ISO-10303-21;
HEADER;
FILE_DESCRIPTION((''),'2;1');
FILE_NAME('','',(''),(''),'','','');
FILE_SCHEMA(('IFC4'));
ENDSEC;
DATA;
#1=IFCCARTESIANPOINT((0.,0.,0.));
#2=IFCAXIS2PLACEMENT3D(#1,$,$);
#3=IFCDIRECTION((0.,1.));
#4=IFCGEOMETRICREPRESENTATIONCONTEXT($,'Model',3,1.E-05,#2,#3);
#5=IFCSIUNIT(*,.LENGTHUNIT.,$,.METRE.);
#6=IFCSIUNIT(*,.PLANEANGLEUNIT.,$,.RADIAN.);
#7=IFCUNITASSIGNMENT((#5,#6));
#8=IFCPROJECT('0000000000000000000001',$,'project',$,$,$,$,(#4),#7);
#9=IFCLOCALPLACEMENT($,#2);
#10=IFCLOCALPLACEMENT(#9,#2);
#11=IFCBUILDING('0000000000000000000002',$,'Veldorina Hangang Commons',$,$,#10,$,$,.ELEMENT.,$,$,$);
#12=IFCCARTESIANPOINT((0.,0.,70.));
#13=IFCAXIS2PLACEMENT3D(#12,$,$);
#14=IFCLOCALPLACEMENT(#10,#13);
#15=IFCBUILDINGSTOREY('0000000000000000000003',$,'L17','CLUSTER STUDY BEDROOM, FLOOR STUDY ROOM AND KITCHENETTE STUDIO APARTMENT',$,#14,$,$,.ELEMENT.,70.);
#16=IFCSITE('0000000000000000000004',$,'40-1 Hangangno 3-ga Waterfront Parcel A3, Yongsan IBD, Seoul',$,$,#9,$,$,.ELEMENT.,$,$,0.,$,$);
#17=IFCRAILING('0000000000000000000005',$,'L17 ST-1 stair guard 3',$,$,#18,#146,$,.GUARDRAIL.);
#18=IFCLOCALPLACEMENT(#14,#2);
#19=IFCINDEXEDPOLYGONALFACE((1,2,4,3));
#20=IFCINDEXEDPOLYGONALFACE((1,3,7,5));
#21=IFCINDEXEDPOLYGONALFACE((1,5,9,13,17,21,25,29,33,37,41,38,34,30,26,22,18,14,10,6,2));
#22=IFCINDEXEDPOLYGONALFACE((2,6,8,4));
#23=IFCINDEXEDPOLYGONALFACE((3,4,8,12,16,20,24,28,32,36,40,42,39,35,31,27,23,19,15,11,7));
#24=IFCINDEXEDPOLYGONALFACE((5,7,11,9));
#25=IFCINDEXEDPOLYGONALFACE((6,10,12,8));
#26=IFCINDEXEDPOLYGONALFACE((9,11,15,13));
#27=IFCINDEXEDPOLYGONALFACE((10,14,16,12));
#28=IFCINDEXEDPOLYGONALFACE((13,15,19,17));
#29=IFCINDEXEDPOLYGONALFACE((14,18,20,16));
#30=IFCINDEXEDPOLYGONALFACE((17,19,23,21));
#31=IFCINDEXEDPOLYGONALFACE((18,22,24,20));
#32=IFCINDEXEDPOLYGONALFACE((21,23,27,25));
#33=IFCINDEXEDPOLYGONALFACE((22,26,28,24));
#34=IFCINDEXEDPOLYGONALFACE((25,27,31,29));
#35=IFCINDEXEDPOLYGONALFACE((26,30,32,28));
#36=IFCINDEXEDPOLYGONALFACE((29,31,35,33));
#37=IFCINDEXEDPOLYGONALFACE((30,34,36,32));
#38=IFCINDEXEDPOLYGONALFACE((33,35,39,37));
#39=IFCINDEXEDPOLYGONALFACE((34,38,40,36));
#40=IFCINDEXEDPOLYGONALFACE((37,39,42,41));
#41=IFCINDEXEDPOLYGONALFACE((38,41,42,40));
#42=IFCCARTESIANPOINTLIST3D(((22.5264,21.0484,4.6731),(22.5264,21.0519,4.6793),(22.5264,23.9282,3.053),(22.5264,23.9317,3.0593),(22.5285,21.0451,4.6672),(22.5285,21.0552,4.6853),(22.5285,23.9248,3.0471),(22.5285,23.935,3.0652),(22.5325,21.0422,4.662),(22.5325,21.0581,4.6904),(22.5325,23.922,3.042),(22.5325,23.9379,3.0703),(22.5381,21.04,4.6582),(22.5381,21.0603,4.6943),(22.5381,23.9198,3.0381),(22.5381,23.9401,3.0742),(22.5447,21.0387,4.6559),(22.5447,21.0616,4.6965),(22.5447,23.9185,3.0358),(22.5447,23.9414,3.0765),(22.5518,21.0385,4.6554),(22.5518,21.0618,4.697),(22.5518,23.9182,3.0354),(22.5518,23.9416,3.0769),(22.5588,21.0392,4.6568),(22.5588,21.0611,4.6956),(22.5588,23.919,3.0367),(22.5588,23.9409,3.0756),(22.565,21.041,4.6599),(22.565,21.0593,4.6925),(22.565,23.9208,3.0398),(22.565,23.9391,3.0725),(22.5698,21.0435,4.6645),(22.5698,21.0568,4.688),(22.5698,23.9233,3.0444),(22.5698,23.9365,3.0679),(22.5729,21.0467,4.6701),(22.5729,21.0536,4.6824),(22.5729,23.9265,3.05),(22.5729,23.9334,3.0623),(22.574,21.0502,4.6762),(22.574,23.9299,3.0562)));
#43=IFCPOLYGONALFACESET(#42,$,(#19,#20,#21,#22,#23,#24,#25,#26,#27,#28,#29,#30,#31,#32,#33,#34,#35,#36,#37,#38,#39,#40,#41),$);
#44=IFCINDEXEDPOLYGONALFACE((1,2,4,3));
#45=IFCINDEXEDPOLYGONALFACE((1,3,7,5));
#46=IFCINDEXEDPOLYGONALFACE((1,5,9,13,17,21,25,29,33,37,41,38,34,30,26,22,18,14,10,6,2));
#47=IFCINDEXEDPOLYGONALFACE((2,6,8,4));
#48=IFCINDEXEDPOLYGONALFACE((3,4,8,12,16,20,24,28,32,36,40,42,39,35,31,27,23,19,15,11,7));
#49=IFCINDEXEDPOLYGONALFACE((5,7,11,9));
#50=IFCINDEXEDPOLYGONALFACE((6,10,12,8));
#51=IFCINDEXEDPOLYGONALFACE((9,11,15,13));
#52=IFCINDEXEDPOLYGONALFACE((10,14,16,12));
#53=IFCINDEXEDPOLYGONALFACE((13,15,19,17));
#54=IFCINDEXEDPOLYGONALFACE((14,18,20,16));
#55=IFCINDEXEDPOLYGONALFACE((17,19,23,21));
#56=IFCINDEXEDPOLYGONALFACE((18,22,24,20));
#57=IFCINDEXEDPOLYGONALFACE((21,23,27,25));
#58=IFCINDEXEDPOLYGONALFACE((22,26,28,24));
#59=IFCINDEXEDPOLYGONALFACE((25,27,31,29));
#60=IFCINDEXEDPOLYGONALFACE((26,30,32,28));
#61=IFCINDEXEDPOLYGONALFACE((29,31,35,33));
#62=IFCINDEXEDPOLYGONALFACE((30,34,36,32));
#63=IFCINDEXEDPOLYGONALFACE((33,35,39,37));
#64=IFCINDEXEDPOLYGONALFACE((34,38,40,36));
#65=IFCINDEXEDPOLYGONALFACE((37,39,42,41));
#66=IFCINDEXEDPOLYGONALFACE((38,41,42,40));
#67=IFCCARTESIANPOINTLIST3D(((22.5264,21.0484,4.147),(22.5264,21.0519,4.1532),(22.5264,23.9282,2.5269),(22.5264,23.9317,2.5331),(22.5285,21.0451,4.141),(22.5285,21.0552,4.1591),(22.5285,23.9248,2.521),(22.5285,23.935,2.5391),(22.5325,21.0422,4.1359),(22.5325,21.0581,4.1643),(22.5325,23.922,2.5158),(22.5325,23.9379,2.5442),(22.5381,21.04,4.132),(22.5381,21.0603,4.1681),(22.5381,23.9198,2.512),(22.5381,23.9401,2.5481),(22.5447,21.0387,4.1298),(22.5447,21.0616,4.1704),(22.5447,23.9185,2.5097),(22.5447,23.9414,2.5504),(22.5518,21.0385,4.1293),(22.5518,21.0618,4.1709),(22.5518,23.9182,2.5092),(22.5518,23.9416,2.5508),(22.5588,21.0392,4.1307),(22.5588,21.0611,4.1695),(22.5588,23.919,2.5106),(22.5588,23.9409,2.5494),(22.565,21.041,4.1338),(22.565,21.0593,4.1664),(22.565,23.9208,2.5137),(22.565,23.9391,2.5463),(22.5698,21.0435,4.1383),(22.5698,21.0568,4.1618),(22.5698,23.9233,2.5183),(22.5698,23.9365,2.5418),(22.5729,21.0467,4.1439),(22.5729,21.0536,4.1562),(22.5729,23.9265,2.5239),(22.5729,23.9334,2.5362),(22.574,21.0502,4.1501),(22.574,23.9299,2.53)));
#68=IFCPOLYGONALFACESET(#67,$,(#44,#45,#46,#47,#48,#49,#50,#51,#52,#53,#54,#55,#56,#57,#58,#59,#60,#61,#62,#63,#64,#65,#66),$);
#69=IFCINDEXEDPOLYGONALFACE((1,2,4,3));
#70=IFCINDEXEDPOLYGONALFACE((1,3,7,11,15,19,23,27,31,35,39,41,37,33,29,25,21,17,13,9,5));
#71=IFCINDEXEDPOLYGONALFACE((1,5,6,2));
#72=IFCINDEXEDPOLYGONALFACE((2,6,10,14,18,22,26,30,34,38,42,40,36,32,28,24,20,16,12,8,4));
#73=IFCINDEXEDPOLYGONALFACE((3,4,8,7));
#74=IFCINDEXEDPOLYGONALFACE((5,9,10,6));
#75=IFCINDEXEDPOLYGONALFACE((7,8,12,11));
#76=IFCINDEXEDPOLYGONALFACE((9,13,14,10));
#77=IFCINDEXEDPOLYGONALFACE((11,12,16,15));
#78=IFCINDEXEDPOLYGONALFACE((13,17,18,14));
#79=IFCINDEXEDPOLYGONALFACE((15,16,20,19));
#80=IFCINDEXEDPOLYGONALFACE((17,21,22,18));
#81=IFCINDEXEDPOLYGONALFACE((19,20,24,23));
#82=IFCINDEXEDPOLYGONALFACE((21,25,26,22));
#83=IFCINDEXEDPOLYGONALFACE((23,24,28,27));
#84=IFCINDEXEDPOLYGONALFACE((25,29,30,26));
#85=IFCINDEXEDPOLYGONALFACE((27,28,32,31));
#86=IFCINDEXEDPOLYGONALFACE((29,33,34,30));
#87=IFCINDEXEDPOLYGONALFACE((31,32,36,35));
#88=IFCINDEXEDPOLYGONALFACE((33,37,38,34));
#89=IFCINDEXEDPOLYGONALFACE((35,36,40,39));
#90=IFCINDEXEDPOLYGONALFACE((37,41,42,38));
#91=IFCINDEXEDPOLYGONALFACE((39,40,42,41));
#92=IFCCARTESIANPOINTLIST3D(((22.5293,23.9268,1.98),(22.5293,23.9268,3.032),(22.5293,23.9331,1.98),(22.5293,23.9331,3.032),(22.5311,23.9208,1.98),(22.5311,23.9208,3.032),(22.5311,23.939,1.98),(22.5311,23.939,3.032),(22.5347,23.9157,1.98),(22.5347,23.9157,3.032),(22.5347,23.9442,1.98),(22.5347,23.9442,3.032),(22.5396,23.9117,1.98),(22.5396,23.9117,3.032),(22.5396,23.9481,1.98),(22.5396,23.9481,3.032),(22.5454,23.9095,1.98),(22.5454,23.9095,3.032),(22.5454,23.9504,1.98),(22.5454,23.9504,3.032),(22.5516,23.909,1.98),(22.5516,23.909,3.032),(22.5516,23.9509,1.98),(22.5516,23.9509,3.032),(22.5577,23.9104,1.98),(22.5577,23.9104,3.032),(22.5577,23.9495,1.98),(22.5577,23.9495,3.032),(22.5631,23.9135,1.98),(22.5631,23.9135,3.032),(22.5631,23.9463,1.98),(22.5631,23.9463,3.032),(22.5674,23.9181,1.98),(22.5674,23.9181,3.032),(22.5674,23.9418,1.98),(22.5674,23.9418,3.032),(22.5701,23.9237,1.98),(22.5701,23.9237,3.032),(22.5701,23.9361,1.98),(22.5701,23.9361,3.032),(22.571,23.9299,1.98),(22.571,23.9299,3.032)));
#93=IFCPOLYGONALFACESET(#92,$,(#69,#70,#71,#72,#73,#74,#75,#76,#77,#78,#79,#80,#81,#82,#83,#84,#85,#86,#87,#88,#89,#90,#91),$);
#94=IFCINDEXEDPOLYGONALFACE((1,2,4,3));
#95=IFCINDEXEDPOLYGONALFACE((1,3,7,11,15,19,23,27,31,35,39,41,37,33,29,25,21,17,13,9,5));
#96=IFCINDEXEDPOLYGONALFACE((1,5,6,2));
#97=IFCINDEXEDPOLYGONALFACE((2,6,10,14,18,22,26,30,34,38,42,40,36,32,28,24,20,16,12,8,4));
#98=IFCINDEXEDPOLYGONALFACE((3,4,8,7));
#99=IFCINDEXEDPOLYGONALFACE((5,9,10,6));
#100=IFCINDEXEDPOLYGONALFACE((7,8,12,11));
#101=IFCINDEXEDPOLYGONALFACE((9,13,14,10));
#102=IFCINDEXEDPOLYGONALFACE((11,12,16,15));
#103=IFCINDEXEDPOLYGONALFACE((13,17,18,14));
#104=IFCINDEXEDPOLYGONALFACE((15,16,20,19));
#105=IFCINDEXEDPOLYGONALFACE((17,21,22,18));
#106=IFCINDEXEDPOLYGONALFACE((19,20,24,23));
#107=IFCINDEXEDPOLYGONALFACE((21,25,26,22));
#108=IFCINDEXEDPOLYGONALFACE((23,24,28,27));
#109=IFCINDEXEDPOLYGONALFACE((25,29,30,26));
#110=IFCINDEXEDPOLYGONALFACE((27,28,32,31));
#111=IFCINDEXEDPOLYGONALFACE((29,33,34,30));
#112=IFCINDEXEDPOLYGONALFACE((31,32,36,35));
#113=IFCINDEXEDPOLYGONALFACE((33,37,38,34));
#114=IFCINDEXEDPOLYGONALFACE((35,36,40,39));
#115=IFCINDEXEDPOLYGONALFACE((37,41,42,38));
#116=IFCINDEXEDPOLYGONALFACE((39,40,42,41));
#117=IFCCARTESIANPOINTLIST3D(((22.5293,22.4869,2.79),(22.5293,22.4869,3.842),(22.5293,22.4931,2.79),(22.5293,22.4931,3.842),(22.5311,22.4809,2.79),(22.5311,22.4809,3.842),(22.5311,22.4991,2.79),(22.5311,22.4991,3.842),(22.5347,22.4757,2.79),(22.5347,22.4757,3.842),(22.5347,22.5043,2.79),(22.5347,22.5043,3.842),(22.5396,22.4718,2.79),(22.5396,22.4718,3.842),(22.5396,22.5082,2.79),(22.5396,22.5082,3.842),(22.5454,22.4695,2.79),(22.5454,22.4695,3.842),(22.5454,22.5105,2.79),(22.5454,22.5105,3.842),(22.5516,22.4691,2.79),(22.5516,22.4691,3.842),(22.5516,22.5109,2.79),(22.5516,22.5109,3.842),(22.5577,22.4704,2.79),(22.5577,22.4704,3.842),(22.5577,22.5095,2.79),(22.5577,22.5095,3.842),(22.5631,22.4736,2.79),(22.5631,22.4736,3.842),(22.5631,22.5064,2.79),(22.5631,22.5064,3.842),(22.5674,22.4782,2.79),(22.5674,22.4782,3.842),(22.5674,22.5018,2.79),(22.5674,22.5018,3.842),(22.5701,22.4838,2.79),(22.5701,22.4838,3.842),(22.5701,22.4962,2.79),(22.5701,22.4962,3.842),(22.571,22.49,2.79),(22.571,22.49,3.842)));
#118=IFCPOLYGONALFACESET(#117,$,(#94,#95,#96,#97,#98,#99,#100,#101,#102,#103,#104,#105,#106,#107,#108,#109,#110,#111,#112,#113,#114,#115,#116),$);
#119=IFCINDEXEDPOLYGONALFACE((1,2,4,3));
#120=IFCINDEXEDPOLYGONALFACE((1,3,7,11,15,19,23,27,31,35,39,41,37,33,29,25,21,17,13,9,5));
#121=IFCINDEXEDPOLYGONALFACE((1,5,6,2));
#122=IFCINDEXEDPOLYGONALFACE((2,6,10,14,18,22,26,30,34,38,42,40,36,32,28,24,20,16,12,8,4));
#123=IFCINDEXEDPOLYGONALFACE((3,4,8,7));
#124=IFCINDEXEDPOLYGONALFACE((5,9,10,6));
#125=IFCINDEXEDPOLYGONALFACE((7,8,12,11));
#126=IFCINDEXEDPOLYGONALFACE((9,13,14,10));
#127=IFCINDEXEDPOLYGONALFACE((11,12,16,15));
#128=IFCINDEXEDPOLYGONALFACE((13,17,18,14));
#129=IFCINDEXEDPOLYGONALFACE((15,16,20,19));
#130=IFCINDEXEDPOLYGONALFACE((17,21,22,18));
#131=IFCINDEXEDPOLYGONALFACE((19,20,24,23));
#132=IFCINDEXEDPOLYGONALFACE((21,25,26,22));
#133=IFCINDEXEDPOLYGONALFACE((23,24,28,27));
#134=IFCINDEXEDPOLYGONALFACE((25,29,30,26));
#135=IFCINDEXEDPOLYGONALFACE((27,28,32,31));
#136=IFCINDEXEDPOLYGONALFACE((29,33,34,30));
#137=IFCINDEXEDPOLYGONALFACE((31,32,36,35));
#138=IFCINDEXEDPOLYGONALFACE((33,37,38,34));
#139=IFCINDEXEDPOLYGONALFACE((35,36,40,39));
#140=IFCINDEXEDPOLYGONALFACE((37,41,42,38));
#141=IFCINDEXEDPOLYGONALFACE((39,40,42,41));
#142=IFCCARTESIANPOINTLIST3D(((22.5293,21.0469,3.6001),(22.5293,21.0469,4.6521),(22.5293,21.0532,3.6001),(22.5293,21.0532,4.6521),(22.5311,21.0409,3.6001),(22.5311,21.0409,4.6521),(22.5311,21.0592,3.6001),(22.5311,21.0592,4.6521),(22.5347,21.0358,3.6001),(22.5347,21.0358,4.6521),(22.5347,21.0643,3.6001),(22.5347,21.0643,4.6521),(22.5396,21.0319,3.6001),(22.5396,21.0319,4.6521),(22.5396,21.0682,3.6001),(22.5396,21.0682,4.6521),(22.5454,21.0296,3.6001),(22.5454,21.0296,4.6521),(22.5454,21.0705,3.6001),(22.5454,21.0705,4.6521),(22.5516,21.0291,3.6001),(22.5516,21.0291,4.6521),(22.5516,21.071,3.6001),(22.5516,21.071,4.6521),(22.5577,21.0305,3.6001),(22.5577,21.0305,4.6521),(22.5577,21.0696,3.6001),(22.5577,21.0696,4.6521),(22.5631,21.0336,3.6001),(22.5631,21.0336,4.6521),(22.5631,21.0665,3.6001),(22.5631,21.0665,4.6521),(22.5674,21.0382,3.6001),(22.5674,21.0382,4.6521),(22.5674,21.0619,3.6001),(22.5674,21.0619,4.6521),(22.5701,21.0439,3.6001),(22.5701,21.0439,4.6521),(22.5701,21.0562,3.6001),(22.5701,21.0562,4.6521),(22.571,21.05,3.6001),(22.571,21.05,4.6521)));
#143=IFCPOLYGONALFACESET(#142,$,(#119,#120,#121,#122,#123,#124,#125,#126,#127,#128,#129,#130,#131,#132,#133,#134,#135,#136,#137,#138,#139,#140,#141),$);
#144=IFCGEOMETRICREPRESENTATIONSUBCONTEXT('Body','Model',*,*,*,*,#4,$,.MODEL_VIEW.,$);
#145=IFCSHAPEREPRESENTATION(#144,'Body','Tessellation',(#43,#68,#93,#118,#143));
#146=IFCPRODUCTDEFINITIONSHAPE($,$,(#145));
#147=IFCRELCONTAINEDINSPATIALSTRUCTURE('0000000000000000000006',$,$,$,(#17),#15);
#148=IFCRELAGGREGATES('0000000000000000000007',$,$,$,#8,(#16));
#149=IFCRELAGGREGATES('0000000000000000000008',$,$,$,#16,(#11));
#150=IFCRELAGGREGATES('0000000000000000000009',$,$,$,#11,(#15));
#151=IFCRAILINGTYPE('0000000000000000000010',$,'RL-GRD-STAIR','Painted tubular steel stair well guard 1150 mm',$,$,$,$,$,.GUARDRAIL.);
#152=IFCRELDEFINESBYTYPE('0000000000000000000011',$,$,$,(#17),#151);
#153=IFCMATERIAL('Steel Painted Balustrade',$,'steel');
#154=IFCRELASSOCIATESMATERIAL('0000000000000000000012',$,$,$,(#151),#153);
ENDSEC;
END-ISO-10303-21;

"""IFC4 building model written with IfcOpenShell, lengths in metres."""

from ifc_helpers import new_model, si_unit, direction, frame, origin, origin_2d, place, context, subcontext, project, spatial, circle, extrude, material, type_object, element, save


model = new_model("IFC4")

# Units and contexts
model_context = context("Model", 3, precision=1e-05, world=origin(), true_north=direction((0.0, 1.0)))
body_context = subcontext(model_context, "Body", "Model", "MODEL_VIEW")
ifc_project = project(units=[si_unit("LENGTHUNIT", "METRE"), si_unit("PLANEANGLEUNIT", "RADIAN")], contexts=[model_context])

# Site, building, storey
site_placement = place(None, origin())
site = spatial("IfcSite", under=ifc_project, at=site_placement, Name="40-1 Hangangno 3-ga Waterfront Parcel A3, Yongsan IBD, Seoul", CompositionType="ELEMENT", RefElevation=0.0)
building_placement = place(site_placement, origin())
building = spatial("IfcBuilding", under=site, at=building_placement, Name="Veldorina Hangang Commons", CompositionType="ELEMENT")
storey_placement = place(building_placement, frame((0.0, 0.0, 70.0)))
storey = spatial("IfcBuildingStorey", under=building, at=storey_placement, Name="L17", Description="CLUSTER STUDY BEDROOM, FLOOR STUDY ROOM AND KITCHENETTE STUDIO APARTMENT", CompositionType="ELEMENT", Elevation=70.0)

# Railing
ifc_material_1 = material(Name="Steel Painted Balustrade", Category="steel")
railing_type_1 = type_object("IfcRailingType", Name="RL-GRD-STAIR", Description="Painted tubular steel stair well guard 1150 mm", PredefinedType="GUARDRAIL", material=ifc_material_1)
railing_1_placement = place(storey_placement, frame((22.55, 23.9299, 1.98)))
element("IfcRailing", 1, at=railing_1_placement, inside=storey, type_object=railing_type_1, Name="L17 ST-1 stair guard 3", PredefinedType="GUARDRAIL", context=body_context, shape_type="SweptSolid", body=[
    extrude(circle(Radius=0.0239, at=origin_2d()), frame((0.0, 0.0, 1.0762), z_axis=(0.0, -0.871552, 0.490303), x_axis=(1.0, 0.0, 0.0)), (0.0, 0.0, 1.0), 3.3042),
    extrude(circle(Radius=0.0239, at=origin_2d()), frame((0.0, 0.0, 0.55), z_axis=(0.0, -0.871552, 0.490303), x_axis=(1.0, 0.0, 0.0)), (0.0, 0.0, 1.0), 3.3042),
    extrude(circle(Radius=0.021, at=origin_2d()), origin(), (0.0, 0.0, 1.0), 1.052),
    extrude(circle(Radius=0.021, at=origin_2d()), frame((0.0, -1.4399, 0.8101)), (0.0, 0.0, 1.0), 1.052),
    extrude(circle(Radius=0.021, at=origin_2d()), frame((0.0, -2.8799, 1.6201)), (0.0, 0.0, 1.0), 1.052),
])

save(model, "model.ifc")
